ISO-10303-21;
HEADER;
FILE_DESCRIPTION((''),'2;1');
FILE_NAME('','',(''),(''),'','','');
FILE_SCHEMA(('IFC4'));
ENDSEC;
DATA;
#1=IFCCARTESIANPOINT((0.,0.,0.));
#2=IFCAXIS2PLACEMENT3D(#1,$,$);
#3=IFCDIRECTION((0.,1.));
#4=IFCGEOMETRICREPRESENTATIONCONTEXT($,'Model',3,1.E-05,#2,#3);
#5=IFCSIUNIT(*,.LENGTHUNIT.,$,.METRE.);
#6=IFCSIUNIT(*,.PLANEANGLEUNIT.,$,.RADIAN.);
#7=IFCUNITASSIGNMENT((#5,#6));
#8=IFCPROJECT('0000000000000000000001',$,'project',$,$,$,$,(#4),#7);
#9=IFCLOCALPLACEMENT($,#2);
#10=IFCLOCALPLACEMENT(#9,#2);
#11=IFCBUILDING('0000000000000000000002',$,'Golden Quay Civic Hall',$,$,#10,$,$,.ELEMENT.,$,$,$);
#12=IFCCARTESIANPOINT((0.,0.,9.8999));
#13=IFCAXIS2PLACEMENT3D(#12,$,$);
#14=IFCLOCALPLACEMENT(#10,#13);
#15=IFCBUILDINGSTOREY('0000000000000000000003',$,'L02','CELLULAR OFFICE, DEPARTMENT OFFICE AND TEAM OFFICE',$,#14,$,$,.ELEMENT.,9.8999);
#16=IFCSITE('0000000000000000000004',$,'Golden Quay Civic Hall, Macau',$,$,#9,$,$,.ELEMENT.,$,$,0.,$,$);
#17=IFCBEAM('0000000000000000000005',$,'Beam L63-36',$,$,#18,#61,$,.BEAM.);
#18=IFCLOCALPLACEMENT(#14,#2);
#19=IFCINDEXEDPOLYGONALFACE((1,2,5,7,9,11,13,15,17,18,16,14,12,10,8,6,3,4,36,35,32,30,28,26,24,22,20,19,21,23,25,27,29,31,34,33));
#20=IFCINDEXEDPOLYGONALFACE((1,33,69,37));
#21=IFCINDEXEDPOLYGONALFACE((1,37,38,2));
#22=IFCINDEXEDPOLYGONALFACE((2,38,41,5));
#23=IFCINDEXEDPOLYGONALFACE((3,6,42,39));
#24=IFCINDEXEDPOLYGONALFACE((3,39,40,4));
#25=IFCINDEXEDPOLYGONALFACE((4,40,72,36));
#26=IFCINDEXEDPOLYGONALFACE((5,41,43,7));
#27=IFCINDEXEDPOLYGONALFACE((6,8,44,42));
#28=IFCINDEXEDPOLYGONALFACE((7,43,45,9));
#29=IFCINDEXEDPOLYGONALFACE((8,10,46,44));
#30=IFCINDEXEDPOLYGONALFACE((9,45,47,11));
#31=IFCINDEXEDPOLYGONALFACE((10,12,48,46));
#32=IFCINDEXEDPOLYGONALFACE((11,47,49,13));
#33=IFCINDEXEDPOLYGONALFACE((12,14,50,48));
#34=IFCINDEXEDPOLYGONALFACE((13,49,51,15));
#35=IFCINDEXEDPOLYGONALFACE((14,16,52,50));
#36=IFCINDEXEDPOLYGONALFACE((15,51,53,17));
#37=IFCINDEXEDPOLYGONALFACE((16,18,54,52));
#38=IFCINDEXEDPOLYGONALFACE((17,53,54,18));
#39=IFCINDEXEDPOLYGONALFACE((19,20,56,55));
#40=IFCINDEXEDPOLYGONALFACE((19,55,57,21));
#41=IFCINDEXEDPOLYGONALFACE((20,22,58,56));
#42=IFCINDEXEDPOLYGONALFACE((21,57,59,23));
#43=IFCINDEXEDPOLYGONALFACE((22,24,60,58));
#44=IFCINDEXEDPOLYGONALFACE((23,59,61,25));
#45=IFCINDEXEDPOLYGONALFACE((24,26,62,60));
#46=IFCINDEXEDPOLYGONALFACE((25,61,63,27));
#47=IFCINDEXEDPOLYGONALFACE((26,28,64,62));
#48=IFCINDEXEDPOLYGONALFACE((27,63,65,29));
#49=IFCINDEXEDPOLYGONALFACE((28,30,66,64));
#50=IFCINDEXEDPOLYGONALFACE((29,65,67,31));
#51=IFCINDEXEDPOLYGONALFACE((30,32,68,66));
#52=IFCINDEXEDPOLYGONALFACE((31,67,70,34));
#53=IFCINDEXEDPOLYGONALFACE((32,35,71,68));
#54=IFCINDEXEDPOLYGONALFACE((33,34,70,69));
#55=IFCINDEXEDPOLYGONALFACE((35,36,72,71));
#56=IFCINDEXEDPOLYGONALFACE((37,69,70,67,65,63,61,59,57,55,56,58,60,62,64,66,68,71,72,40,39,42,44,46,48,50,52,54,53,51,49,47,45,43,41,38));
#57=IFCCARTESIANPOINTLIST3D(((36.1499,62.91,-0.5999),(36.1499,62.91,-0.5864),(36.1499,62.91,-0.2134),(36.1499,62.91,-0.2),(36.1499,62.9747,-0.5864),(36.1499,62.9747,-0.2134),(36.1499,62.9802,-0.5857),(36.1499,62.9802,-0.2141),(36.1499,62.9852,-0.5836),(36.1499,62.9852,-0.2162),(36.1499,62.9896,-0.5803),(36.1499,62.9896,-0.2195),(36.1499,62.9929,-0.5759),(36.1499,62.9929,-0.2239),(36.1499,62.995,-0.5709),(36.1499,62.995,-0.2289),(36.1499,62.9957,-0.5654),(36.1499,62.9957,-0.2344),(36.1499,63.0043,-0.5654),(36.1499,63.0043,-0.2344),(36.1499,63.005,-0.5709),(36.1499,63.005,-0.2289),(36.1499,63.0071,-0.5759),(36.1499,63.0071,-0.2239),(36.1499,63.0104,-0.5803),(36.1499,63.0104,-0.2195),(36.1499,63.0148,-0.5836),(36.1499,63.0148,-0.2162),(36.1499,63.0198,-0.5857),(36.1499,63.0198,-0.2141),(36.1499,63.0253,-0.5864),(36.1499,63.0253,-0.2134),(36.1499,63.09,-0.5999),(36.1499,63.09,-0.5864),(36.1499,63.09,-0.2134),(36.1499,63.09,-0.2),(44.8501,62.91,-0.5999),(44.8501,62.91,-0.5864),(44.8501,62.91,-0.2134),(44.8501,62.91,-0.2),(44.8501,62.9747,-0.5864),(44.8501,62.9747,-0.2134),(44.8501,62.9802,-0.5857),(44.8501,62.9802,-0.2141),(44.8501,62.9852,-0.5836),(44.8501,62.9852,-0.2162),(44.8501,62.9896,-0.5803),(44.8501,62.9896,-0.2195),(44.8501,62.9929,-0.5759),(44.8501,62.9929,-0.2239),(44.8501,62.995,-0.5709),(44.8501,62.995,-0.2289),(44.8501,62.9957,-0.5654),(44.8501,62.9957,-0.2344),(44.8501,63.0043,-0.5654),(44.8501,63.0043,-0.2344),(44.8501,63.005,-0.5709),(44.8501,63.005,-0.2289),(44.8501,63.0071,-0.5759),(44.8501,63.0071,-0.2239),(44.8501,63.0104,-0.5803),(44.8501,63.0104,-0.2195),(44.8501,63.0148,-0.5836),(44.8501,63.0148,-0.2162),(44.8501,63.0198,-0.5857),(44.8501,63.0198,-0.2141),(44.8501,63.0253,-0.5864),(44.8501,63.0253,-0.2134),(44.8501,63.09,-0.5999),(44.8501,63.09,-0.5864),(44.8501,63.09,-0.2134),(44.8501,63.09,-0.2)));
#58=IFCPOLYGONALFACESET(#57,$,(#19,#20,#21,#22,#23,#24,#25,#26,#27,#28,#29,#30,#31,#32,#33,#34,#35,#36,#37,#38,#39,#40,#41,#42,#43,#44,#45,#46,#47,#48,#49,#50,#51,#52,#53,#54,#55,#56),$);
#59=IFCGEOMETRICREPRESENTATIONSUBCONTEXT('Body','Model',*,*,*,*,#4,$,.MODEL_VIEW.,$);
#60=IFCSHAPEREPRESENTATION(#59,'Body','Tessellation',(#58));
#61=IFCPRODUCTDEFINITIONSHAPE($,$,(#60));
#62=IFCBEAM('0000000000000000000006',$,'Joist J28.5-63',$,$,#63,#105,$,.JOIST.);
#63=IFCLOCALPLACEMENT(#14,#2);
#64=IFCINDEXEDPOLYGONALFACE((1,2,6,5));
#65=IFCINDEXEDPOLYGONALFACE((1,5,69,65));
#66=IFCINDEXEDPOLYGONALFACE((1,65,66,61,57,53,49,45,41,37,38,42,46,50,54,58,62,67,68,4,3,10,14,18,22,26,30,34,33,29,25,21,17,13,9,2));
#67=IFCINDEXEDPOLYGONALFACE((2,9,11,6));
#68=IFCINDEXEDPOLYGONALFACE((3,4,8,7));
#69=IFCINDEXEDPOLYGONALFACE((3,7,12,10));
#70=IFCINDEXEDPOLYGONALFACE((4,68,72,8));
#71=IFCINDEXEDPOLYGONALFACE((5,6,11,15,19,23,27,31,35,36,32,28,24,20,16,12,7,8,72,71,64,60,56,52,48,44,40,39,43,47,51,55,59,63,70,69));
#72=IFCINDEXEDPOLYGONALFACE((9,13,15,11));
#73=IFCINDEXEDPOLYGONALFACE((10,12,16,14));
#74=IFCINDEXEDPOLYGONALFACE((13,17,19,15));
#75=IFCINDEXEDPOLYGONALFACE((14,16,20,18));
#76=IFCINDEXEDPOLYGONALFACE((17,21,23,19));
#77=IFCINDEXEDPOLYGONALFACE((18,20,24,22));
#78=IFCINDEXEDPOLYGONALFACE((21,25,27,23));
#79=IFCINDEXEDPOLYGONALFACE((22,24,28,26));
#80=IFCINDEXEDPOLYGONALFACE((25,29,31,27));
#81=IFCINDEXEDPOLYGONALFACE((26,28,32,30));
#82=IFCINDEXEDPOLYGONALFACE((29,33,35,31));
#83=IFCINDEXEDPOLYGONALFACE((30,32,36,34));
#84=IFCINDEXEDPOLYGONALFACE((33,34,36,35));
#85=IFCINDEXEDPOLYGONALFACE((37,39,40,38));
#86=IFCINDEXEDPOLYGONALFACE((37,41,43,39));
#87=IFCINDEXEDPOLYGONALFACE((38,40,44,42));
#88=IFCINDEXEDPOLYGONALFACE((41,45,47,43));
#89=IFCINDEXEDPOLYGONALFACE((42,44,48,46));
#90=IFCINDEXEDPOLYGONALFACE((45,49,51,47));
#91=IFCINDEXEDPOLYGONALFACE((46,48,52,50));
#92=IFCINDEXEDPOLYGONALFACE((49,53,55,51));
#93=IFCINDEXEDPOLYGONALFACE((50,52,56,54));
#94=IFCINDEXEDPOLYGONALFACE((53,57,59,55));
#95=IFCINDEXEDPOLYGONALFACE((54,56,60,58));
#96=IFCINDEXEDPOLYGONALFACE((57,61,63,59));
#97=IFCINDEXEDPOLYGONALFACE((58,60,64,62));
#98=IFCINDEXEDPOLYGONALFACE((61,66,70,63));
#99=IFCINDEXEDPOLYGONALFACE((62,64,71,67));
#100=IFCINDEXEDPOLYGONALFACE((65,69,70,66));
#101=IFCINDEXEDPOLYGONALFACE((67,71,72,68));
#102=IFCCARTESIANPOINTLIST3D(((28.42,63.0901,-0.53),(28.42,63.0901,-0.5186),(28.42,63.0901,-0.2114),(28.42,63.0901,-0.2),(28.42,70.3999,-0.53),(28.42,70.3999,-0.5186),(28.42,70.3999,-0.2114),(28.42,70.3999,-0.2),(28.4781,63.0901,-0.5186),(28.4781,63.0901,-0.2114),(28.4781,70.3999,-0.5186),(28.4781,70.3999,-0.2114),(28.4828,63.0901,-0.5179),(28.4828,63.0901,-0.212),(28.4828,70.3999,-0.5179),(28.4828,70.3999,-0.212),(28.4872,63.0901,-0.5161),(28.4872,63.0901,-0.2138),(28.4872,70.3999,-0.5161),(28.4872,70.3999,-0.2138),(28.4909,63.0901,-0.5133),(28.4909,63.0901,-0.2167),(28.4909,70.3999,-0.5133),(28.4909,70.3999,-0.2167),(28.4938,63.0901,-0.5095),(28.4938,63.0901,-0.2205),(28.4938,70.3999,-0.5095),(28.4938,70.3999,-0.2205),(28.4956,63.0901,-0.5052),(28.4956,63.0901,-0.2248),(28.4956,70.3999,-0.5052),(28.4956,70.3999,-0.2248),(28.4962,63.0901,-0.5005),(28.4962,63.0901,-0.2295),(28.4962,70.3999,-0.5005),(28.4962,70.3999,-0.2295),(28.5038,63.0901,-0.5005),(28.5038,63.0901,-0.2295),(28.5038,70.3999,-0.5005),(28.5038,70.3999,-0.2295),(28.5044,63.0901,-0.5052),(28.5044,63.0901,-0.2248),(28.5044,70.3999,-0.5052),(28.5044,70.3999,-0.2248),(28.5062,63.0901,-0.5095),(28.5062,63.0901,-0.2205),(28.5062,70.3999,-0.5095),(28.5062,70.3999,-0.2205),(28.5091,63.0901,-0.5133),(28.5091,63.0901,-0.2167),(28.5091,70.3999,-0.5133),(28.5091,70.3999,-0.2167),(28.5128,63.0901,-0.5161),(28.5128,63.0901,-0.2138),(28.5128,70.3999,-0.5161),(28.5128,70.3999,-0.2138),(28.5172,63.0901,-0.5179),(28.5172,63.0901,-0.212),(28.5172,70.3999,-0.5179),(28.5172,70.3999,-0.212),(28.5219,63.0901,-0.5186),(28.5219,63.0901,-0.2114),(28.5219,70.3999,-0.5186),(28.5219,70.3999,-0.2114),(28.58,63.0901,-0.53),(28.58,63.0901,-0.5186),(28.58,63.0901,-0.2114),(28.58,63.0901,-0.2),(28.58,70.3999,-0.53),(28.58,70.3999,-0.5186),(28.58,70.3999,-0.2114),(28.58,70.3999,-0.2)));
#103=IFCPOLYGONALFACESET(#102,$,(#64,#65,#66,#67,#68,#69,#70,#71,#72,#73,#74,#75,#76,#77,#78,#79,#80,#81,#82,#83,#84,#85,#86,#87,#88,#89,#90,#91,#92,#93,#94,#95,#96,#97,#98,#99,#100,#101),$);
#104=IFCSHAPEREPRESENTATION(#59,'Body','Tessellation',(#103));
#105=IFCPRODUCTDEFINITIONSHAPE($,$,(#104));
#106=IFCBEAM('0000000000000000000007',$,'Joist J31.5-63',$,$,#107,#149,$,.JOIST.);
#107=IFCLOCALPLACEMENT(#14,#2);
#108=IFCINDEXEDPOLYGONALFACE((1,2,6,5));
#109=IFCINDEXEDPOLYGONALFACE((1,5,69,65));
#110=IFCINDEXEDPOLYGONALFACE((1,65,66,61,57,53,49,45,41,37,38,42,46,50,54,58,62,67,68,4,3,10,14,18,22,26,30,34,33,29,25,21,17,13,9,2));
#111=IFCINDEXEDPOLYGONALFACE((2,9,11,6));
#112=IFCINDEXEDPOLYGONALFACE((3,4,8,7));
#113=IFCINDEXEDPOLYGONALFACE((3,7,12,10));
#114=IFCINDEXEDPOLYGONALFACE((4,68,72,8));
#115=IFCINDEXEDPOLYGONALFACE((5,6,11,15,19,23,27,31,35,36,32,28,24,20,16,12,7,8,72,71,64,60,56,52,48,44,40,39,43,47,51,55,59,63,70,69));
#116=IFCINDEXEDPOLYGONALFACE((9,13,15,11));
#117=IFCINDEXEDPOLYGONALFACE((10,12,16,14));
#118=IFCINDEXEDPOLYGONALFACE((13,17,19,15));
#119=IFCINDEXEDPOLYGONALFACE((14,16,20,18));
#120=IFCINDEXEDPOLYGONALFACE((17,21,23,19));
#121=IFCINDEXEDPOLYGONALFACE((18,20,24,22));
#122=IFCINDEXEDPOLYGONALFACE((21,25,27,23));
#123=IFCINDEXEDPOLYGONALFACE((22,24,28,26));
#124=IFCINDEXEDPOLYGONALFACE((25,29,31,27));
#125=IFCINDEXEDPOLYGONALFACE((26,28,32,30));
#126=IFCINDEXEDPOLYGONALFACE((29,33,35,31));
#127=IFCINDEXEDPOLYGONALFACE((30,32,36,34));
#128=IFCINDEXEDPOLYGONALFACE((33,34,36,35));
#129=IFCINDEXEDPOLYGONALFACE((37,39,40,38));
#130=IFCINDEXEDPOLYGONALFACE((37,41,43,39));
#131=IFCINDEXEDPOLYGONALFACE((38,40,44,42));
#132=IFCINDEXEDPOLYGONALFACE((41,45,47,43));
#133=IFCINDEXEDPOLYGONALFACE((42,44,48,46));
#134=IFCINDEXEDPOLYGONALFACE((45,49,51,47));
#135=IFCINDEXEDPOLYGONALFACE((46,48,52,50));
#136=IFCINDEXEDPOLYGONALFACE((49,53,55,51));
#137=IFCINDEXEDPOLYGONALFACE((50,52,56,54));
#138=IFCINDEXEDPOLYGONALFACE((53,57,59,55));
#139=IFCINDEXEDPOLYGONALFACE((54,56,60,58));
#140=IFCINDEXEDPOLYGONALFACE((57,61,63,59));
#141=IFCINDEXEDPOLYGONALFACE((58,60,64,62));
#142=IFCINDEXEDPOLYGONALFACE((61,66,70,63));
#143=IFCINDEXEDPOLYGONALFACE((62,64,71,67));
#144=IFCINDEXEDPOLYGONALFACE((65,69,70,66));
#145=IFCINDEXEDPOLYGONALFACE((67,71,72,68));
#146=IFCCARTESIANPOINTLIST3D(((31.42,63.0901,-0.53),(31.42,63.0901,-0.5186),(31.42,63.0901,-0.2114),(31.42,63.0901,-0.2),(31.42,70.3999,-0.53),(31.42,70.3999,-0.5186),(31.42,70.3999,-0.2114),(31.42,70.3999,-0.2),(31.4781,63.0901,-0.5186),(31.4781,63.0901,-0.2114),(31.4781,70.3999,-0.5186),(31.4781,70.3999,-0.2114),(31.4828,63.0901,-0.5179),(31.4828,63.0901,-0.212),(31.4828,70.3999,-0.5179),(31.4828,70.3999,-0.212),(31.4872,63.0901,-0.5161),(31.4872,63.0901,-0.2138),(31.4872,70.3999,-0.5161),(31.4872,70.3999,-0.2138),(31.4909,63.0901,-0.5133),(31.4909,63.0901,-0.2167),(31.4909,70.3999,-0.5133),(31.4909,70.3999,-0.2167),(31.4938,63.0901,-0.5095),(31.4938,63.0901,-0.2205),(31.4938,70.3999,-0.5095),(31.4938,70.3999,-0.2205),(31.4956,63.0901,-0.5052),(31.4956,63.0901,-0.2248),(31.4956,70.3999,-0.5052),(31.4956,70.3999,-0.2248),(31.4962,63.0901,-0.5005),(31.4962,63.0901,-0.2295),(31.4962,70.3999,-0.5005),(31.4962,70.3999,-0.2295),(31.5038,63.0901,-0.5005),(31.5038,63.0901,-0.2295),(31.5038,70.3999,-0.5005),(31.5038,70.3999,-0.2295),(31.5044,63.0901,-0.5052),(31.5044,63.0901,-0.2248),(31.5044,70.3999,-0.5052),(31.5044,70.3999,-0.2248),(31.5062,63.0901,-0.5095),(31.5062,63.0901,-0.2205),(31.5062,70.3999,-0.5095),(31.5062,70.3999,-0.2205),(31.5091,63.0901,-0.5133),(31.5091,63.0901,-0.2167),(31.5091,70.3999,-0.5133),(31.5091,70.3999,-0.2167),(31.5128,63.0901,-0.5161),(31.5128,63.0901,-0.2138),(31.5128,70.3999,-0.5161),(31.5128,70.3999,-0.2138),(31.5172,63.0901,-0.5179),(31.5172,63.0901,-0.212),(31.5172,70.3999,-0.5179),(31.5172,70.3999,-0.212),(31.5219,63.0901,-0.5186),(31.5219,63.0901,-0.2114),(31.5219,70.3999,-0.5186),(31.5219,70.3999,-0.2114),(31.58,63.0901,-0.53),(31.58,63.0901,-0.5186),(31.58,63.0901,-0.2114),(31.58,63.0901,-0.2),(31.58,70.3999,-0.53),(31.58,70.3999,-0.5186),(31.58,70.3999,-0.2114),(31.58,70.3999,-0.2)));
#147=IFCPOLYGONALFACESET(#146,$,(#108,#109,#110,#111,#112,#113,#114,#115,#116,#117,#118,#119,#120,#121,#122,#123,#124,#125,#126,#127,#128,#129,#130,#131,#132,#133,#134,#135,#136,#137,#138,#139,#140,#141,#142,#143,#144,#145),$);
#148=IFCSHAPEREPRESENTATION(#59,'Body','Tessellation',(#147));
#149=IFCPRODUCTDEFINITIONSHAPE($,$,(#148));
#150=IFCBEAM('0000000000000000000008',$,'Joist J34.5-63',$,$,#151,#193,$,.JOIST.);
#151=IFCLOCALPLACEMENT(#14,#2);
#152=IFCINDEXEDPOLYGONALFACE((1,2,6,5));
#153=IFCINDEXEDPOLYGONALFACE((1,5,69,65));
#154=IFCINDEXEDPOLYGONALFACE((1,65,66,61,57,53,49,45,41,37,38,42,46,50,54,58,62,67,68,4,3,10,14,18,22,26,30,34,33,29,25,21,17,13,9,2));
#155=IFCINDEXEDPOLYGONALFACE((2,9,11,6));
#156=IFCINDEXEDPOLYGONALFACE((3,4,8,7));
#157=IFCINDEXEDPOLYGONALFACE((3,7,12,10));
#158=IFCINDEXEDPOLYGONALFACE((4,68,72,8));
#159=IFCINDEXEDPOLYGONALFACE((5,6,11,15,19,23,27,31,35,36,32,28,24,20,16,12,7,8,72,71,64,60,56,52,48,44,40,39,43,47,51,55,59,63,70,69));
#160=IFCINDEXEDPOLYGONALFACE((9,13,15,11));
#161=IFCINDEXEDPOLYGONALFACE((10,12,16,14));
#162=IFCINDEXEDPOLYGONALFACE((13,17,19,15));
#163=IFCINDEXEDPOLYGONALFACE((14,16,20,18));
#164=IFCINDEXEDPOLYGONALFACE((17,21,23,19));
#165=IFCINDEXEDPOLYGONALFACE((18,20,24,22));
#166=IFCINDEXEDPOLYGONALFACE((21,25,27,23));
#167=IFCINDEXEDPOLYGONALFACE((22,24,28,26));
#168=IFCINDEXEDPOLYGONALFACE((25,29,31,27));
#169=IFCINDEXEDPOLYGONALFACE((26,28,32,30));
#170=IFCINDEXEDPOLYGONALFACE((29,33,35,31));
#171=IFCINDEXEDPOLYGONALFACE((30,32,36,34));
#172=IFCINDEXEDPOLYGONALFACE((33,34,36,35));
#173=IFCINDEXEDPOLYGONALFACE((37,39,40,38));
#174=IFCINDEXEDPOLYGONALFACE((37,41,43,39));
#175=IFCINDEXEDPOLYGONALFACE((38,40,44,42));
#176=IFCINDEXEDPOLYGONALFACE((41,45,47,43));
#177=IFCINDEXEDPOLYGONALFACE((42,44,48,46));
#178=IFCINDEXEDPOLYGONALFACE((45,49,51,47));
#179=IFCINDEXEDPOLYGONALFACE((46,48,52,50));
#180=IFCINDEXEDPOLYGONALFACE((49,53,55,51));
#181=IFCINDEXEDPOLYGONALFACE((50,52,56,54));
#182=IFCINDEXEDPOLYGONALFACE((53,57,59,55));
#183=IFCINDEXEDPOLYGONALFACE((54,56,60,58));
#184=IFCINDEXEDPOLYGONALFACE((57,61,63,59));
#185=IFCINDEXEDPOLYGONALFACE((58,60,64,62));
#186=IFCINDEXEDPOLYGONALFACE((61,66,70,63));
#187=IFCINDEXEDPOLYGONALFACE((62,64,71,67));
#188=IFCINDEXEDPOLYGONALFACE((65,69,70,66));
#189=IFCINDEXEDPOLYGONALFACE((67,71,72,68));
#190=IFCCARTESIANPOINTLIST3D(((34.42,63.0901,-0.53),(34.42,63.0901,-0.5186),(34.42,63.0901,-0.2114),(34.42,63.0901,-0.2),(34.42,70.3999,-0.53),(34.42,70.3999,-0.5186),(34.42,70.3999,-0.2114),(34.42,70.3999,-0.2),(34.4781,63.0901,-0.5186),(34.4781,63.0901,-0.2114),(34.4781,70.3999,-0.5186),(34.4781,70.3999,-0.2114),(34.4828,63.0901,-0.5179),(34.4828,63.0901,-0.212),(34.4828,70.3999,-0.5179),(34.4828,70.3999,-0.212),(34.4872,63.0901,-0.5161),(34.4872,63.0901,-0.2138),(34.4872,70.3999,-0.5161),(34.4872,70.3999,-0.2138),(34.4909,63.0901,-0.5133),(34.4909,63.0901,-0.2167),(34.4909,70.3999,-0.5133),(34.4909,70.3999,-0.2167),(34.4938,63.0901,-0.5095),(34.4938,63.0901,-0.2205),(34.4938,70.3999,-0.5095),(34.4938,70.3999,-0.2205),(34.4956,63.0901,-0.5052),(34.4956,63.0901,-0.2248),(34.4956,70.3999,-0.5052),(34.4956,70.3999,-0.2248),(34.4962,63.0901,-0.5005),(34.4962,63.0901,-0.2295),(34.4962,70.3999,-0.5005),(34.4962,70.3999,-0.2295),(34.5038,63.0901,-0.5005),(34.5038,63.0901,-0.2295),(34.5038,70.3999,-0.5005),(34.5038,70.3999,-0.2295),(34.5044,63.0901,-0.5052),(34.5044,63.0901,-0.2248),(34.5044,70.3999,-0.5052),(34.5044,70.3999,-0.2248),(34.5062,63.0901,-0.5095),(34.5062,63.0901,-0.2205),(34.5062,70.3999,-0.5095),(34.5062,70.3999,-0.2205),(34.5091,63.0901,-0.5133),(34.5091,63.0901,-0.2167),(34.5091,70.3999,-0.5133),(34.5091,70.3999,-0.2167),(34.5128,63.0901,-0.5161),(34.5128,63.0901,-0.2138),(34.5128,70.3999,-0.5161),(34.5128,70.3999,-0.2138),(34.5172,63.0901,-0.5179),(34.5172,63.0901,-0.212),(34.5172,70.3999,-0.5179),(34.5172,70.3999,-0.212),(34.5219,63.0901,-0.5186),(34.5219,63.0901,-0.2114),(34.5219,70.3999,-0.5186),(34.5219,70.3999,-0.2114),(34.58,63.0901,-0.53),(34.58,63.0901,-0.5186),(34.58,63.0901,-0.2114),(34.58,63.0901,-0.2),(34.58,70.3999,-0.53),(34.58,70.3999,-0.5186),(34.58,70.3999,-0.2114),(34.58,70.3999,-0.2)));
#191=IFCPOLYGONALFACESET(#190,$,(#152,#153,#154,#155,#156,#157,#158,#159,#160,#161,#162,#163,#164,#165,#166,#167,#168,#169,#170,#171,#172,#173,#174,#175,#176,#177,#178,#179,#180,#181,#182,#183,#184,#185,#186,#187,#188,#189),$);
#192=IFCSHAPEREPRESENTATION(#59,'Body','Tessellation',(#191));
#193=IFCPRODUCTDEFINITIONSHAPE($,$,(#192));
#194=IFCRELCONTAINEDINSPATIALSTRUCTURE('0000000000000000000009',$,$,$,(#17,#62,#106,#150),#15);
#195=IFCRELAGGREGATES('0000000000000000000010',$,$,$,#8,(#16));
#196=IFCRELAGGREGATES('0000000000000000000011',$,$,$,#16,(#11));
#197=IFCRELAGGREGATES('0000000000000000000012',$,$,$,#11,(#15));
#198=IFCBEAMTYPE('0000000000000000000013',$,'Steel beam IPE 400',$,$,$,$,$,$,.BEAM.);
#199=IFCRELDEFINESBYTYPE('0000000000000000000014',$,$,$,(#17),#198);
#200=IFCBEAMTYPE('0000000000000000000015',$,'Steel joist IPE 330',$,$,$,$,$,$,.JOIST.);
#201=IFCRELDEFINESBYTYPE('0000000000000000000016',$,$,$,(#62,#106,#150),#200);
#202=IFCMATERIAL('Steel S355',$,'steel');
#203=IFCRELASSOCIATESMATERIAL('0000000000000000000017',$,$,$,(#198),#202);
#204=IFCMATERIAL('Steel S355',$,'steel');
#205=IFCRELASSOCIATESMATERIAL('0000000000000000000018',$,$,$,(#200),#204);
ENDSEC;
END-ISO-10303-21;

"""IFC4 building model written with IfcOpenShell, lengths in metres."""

from ifc_helpers import new_model, si_unit, direction, frame, origin, origin_2d, place, context, subcontext, project, spatial, i_section, extrude, material, material_profile, profile_set, type_object, element, save


model = new_model("IFC4")

# Units and contexts
model_context = context("Model", 3, precision=1e-05, world=origin(), true_north=direction((0.0, 1.0)))
body_context = subcontext(model_context, "Body", "Model", "MODEL_VIEW")
ifc_project = project(units=[si_unit("LENGTHUNIT", "METRE"), si_unit("PLANEANGLEUNIT", "RADIAN")], contexts=[model_context])

# Site, building, storey
site_placement = place(None, origin())
site = spatial("IfcSite", under=ifc_project, at=site_placement, Name="Golden Quay Civic Hall, Macau", CompositionType="ELEMENT", RefElevation=0.0)
building_placement = place(site_placement, origin())
building = spatial("IfcBuilding", under=site, at=building_placement, Name="Golden Quay Civic Hall", CompositionType="ELEMENT")
storey_placement = place(building_placement, frame((0.0, 0.0, 9.8999)))
storey = spatial("IfcBuildingStorey", under=building, at=storey_placement, Name="L02", Description="CELLULAR OFFICE, DEPARTMENT OFFICE AND TEAM OFFICE", CompositionType="ELEMENT", Elevation=9.8999)

# Beams
ifc_material_1 = material(Name="Steel S355", Category="steel")
ifc_material_profile_1 = material_profile(ifc_material_1, i_section(OverallWidth=0.1799, OverallDepth=0.3999, WebThickness=0.0085, FlangeThickness=0.0134, FilletRadius=0.021, at=origin_2d()), Name="IPE 400")
ifc_profile_set_1 = profile_set([ifc_material_profile_1], Name="Steel S355")
beam_type_1 = type_object("IfcBeamType", Name="Steel beam IPE 400", PredefinedType="BEAM", material=ifc_profile_set_1)
beam_1_placement = place(storey_placement, frame((36.1499, 63.0, -0.3999), z_axis=(1.0, 0.0, 0.0), x_axis=(0.0, 1.0, 0.0)))
element("IfcBeam", 1, at=beam_1_placement, inside=storey, type_object=beam_type_1, Name="Beam L63-36", PredefinedType="BEAM", context=body_context, shape_type="SweptSolid", body=[
    extrude(i_section(OverallWidth=0.1799, OverallDepth=0.3999, WebThickness=0.0085, FlangeThickness=0.0134, FilletRadius=0.021, at=origin_2d()), origin(), (0.0, 0.0, 1.0), 8.7002),
])
ifc_material_2 = material(Name="Steel S355", Category="steel")
ifc_material_profile_2 = material_profile(ifc_material_2, i_section(OverallWidth=0.1599, OverallDepth=0.3301, WebThickness=0.0076, FlangeThickness=0.0115, FilletRadius=0.0181, at=origin_2d()), Name="IPE 330")
ifc_profile_set_2 = profile_set([ifc_material_profile_2], Name="Steel S355")
beam_type_2 = type_object("IfcBeamType", Name="Steel joist IPE 330", PredefinedType="JOIST", material=ifc_profile_set_2)
for number, where, z_axis, x_axis, name in (
    (2, (28.5, 63.0901, -0.365), (0.0, 1.0, 0.0), (-1.0, 0.0, 0.0), "Joist J28.5-63"),
    (3, (31.5, 63.0901, -0.365), (0.0, 1.0, 0.0), (-1.0, 0.0, 0.0), "Joist J31.5-63"),
    (4, (34.5, 63.0901, -0.365), (0.0, 1.0, 0.0), (-1.0, 0.0, 0.0), "Joist J34.5-63"),
):
    element("IfcBeam", number, at=place(storey_placement, frame(where, z_axis=z_axis, x_axis=x_axis)), inside=storey, type_object=beam_type_2, Name=name, PredefinedType="JOIST", context=body_context, shape_type="SweptSolid", body=[
        extrude(i_section(OverallWidth=0.1599, OverallDepth=0.3301, WebThickness=0.0076, FlangeThickness=0.0115, FilletRadius=0.0181, at=origin_2d()), origin(), (0.0, 0.0, 1.0), 7.3098),
    ])

save(model, "model.ifc")
